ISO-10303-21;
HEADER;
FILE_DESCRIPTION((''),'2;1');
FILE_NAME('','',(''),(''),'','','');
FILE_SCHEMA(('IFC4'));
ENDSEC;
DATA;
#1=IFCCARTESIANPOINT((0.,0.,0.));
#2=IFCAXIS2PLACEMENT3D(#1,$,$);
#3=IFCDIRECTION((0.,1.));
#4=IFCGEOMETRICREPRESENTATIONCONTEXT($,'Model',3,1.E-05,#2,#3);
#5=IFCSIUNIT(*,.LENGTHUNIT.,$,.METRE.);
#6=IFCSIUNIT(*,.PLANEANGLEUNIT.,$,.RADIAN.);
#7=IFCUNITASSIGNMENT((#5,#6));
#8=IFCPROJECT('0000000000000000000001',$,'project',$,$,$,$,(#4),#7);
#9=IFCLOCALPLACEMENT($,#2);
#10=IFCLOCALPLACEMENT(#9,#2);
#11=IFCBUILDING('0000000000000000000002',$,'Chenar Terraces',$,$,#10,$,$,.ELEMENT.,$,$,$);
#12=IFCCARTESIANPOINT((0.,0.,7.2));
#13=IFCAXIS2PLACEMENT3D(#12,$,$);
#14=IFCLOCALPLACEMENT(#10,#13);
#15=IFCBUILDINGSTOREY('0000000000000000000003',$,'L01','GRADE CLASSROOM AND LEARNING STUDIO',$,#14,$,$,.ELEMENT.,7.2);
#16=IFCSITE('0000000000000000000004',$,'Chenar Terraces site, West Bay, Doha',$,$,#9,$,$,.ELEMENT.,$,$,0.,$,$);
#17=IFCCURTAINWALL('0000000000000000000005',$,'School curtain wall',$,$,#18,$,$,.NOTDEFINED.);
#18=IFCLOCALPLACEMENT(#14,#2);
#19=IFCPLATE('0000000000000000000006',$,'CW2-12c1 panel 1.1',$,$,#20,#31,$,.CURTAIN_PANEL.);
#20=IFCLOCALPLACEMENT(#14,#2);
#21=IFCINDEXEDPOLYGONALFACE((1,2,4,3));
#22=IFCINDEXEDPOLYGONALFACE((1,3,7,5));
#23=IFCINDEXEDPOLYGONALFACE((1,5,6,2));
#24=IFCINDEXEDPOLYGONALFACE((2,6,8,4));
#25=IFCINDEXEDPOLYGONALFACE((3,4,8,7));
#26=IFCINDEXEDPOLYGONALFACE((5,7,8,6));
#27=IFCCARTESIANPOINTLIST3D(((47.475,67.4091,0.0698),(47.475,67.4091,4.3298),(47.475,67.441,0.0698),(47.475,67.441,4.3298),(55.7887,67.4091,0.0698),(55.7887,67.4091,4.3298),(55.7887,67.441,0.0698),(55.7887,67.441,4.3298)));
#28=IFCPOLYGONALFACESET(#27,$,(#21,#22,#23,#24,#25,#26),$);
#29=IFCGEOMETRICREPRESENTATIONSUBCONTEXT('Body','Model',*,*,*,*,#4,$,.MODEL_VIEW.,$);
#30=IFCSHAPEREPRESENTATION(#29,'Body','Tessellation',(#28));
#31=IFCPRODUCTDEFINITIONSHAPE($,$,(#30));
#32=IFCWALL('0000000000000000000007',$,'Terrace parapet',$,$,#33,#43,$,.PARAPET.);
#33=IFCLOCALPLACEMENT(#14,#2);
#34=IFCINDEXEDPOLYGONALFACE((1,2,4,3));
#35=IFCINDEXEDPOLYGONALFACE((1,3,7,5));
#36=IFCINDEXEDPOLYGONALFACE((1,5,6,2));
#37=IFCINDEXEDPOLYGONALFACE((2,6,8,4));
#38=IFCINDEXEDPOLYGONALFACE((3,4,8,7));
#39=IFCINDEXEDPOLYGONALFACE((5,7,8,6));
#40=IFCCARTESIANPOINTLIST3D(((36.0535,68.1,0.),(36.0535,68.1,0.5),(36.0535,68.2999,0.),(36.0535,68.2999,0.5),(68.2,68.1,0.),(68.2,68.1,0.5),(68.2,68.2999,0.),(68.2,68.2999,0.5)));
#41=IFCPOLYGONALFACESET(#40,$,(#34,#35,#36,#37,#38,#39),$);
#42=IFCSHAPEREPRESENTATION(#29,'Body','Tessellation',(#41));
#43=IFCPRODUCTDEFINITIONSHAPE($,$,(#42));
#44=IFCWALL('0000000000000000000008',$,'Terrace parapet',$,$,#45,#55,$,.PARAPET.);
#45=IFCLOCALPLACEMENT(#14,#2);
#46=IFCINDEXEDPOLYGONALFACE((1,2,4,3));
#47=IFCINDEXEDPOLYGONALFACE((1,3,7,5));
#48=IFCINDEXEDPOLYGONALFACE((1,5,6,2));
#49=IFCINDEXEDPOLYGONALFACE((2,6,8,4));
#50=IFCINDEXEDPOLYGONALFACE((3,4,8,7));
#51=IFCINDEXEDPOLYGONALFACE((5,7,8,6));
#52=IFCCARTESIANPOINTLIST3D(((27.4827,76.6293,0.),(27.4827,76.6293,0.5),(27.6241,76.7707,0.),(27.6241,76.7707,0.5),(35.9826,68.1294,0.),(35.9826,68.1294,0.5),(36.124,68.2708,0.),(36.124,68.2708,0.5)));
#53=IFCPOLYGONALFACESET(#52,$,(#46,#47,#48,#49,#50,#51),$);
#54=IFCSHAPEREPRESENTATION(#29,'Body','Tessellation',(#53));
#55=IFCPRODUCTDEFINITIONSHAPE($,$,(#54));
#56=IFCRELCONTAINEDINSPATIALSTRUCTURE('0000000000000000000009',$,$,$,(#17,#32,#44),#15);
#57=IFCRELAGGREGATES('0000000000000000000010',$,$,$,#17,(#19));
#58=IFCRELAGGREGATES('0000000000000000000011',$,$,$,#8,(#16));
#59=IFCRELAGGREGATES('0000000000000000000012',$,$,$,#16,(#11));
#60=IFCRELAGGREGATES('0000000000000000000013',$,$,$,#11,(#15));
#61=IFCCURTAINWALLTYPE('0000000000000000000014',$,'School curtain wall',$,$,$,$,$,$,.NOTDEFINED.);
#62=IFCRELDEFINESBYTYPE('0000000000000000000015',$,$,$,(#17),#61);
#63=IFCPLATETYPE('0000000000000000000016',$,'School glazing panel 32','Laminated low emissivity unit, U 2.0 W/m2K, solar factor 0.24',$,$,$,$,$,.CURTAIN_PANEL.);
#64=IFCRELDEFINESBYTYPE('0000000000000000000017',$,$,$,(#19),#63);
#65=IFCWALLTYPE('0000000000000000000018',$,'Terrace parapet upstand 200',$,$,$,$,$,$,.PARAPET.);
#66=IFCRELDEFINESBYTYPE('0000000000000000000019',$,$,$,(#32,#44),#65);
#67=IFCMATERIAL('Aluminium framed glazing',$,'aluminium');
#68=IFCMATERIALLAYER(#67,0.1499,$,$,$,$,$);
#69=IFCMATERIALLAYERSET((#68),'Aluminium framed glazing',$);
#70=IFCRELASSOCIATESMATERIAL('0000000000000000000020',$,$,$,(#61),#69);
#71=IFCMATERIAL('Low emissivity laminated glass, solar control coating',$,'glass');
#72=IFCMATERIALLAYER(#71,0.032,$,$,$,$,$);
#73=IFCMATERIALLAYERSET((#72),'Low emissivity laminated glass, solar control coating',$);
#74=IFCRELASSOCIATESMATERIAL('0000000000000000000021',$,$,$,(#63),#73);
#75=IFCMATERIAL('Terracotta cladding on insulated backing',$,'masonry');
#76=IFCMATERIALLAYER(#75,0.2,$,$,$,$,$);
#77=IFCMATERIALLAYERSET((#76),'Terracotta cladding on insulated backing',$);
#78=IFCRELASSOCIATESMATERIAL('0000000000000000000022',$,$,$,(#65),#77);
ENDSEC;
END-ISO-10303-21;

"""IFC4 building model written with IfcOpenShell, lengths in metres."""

from ifc_helpers import new_model, si_unit, direction, frame, frame_2d, origin, origin_2d, place, context, subcontext, project, spatial, rectangle, extrude, material, layer, layer_set, type_object, element, aggregate, save


model = new_model("IFC4")

# Units and contexts
model_context = context("Model", 3, precision=1e-05, world=origin(), true_north=direction((0.0, 1.0)))
body_context = subcontext(model_context, "Body", "Model", "MODEL_VIEW")
ifc_project = project(units=[si_unit("LENGTHUNIT", "METRE"), si_unit("PLANEANGLEUNIT", "RADIAN")], contexts=[model_context])

# Site, building, storey
site_placement = place(None, origin())
site = spatial("IfcSite", under=ifc_project, at=site_placement, Name="Chenar Terraces site, West Bay, Doha", CompositionType="ELEMENT", RefElevation=0.0)
building_placement = place(site_placement, origin())
building = spatial("IfcBuilding", under=site, at=building_placement, Name="Chenar Terraces", CompositionType="ELEMENT")
storey_placement = place(building_placement, frame((0.0, 0.0, 7.2)))
storey = spatial("IfcBuildingStorey", under=building, at=storey_placement, Name="L01", Description="GRADE CLASSROOM AND LEARNING STUDIO", CompositionType="ELEMENT", Elevation=7.2)

# Shared definitions
ifc_material_1 = material(Name="Aluminium framed glazing", Category="aluminium")
ifc_layer_1 = layer(ifc_material_1, 0.1499)
ifc_layer_set_1 = layer_set([ifc_layer_1], Name="Aluminium framed glazing")
curtain_wall_type = type_object("IfcCurtainWallType", Name="School curtain wall", PredefinedType="NOTDEFINED", material=ifc_layer_set_1)
placement = place(storey_placement, origin())

# Curtain wall
curtain_wall_1 = element("IfcCurtainWall", 1, at=placement, inside=storey, type_object=curtain_wall_type, Name="School curtain wall", PredefinedType="NOTDEFINED")

# Plate
ifc_material_2 = material(Name="Low emissivity laminated glass, solar control coating", Category="glass")
ifc_layer_2 = layer(ifc_material_2, 0.032)
ifc_layer_set_2 = layer_set([ifc_layer_2], Name="Low emissivity laminated glass, solar control coating")
plate_type = type_object("IfcPlateType", Name="School glazing panel 32", Description="Laminated low emissivity unit, U 2.0 W/m2K, solar factor 0.24", PredefinedType="CURTAIN_PANEL", material=ifc_layer_set_2)
plate_1_placement = place(storey_placement, frame((51.6318, 67.425, 0.0698), z_axis=(0.0, 0.0, 1.0), x_axis=(-1.0, 0.0, 0.0)))
plate_1 = element("IfcPlate", 2, at=plate_1_placement, type_object=plate_type, Name="CW2-12c1 panel 1.1", PredefinedType="CURTAIN_PANEL", context=body_context, shape_type="SweptSolid", body=[
    extrude(rectangle(XDim=8.3137, YDim=0.032, at=origin_2d()), origin(), (0.0, 0.0, 1.0), 4.26),
])
aggregate(curtain_wall_1, [plate_1])

# Walls
ifc_material_3 = material(Name="Terracotta cladding on insulated backing", Category="masonry")
ifc_layer_3 = layer(ifc_material_3, 0.2)
ifc_layer_set_3 = layer_set([ifc_layer_3], Name="Terracotta cladding on insulated backing")
wall_type_1 = type_object("IfcWallType", Name="Terrace parapet upstand 200", PredefinedType="PARAPET", material=ifc_layer_set_3)
wall_1_placement = place(storey_placement, frame((36.0535, 68.2, 0.0), z_axis=(0.0, 0.0, 1.0), x_axis=(1.0, 0.0, 0.0)))
element("IfcWall", 3, at=wall_1_placement, inside=storey, type_object=wall_type_1, Name="Terrace parapet", PredefinedType="PARAPET", context=body_context, shape_type="SweptSolid", body=[
    extrude(rectangle(XDim=32.1465, YDim=0.2, at=frame_2d((16.0732, 0.0))), origin(), (0.0, 0.0, 1.0), 0.5),
])
wall_2_placement = place(storey_placement, frame((27.5535, 76.7, 0.0), z_axis=(0.0, 0.0, 1.0), x_axis=(0.707107, -0.707107, 0.0)))
element("IfcWall", 4, at=wall_2_placement, inside=storey, type_object=wall_type_1, Name="Terrace parapet", PredefinedType="PARAPET", context=body_context, shape_type="SweptSolid", body=[
    extrude(rectangle(XDim=12.0208, YDim=0.2, at=frame_2d((6.0103, 0.0))), origin(), (0.0, 0.0, 1.0), 0.5),
])

save(model, "model.ifc")
